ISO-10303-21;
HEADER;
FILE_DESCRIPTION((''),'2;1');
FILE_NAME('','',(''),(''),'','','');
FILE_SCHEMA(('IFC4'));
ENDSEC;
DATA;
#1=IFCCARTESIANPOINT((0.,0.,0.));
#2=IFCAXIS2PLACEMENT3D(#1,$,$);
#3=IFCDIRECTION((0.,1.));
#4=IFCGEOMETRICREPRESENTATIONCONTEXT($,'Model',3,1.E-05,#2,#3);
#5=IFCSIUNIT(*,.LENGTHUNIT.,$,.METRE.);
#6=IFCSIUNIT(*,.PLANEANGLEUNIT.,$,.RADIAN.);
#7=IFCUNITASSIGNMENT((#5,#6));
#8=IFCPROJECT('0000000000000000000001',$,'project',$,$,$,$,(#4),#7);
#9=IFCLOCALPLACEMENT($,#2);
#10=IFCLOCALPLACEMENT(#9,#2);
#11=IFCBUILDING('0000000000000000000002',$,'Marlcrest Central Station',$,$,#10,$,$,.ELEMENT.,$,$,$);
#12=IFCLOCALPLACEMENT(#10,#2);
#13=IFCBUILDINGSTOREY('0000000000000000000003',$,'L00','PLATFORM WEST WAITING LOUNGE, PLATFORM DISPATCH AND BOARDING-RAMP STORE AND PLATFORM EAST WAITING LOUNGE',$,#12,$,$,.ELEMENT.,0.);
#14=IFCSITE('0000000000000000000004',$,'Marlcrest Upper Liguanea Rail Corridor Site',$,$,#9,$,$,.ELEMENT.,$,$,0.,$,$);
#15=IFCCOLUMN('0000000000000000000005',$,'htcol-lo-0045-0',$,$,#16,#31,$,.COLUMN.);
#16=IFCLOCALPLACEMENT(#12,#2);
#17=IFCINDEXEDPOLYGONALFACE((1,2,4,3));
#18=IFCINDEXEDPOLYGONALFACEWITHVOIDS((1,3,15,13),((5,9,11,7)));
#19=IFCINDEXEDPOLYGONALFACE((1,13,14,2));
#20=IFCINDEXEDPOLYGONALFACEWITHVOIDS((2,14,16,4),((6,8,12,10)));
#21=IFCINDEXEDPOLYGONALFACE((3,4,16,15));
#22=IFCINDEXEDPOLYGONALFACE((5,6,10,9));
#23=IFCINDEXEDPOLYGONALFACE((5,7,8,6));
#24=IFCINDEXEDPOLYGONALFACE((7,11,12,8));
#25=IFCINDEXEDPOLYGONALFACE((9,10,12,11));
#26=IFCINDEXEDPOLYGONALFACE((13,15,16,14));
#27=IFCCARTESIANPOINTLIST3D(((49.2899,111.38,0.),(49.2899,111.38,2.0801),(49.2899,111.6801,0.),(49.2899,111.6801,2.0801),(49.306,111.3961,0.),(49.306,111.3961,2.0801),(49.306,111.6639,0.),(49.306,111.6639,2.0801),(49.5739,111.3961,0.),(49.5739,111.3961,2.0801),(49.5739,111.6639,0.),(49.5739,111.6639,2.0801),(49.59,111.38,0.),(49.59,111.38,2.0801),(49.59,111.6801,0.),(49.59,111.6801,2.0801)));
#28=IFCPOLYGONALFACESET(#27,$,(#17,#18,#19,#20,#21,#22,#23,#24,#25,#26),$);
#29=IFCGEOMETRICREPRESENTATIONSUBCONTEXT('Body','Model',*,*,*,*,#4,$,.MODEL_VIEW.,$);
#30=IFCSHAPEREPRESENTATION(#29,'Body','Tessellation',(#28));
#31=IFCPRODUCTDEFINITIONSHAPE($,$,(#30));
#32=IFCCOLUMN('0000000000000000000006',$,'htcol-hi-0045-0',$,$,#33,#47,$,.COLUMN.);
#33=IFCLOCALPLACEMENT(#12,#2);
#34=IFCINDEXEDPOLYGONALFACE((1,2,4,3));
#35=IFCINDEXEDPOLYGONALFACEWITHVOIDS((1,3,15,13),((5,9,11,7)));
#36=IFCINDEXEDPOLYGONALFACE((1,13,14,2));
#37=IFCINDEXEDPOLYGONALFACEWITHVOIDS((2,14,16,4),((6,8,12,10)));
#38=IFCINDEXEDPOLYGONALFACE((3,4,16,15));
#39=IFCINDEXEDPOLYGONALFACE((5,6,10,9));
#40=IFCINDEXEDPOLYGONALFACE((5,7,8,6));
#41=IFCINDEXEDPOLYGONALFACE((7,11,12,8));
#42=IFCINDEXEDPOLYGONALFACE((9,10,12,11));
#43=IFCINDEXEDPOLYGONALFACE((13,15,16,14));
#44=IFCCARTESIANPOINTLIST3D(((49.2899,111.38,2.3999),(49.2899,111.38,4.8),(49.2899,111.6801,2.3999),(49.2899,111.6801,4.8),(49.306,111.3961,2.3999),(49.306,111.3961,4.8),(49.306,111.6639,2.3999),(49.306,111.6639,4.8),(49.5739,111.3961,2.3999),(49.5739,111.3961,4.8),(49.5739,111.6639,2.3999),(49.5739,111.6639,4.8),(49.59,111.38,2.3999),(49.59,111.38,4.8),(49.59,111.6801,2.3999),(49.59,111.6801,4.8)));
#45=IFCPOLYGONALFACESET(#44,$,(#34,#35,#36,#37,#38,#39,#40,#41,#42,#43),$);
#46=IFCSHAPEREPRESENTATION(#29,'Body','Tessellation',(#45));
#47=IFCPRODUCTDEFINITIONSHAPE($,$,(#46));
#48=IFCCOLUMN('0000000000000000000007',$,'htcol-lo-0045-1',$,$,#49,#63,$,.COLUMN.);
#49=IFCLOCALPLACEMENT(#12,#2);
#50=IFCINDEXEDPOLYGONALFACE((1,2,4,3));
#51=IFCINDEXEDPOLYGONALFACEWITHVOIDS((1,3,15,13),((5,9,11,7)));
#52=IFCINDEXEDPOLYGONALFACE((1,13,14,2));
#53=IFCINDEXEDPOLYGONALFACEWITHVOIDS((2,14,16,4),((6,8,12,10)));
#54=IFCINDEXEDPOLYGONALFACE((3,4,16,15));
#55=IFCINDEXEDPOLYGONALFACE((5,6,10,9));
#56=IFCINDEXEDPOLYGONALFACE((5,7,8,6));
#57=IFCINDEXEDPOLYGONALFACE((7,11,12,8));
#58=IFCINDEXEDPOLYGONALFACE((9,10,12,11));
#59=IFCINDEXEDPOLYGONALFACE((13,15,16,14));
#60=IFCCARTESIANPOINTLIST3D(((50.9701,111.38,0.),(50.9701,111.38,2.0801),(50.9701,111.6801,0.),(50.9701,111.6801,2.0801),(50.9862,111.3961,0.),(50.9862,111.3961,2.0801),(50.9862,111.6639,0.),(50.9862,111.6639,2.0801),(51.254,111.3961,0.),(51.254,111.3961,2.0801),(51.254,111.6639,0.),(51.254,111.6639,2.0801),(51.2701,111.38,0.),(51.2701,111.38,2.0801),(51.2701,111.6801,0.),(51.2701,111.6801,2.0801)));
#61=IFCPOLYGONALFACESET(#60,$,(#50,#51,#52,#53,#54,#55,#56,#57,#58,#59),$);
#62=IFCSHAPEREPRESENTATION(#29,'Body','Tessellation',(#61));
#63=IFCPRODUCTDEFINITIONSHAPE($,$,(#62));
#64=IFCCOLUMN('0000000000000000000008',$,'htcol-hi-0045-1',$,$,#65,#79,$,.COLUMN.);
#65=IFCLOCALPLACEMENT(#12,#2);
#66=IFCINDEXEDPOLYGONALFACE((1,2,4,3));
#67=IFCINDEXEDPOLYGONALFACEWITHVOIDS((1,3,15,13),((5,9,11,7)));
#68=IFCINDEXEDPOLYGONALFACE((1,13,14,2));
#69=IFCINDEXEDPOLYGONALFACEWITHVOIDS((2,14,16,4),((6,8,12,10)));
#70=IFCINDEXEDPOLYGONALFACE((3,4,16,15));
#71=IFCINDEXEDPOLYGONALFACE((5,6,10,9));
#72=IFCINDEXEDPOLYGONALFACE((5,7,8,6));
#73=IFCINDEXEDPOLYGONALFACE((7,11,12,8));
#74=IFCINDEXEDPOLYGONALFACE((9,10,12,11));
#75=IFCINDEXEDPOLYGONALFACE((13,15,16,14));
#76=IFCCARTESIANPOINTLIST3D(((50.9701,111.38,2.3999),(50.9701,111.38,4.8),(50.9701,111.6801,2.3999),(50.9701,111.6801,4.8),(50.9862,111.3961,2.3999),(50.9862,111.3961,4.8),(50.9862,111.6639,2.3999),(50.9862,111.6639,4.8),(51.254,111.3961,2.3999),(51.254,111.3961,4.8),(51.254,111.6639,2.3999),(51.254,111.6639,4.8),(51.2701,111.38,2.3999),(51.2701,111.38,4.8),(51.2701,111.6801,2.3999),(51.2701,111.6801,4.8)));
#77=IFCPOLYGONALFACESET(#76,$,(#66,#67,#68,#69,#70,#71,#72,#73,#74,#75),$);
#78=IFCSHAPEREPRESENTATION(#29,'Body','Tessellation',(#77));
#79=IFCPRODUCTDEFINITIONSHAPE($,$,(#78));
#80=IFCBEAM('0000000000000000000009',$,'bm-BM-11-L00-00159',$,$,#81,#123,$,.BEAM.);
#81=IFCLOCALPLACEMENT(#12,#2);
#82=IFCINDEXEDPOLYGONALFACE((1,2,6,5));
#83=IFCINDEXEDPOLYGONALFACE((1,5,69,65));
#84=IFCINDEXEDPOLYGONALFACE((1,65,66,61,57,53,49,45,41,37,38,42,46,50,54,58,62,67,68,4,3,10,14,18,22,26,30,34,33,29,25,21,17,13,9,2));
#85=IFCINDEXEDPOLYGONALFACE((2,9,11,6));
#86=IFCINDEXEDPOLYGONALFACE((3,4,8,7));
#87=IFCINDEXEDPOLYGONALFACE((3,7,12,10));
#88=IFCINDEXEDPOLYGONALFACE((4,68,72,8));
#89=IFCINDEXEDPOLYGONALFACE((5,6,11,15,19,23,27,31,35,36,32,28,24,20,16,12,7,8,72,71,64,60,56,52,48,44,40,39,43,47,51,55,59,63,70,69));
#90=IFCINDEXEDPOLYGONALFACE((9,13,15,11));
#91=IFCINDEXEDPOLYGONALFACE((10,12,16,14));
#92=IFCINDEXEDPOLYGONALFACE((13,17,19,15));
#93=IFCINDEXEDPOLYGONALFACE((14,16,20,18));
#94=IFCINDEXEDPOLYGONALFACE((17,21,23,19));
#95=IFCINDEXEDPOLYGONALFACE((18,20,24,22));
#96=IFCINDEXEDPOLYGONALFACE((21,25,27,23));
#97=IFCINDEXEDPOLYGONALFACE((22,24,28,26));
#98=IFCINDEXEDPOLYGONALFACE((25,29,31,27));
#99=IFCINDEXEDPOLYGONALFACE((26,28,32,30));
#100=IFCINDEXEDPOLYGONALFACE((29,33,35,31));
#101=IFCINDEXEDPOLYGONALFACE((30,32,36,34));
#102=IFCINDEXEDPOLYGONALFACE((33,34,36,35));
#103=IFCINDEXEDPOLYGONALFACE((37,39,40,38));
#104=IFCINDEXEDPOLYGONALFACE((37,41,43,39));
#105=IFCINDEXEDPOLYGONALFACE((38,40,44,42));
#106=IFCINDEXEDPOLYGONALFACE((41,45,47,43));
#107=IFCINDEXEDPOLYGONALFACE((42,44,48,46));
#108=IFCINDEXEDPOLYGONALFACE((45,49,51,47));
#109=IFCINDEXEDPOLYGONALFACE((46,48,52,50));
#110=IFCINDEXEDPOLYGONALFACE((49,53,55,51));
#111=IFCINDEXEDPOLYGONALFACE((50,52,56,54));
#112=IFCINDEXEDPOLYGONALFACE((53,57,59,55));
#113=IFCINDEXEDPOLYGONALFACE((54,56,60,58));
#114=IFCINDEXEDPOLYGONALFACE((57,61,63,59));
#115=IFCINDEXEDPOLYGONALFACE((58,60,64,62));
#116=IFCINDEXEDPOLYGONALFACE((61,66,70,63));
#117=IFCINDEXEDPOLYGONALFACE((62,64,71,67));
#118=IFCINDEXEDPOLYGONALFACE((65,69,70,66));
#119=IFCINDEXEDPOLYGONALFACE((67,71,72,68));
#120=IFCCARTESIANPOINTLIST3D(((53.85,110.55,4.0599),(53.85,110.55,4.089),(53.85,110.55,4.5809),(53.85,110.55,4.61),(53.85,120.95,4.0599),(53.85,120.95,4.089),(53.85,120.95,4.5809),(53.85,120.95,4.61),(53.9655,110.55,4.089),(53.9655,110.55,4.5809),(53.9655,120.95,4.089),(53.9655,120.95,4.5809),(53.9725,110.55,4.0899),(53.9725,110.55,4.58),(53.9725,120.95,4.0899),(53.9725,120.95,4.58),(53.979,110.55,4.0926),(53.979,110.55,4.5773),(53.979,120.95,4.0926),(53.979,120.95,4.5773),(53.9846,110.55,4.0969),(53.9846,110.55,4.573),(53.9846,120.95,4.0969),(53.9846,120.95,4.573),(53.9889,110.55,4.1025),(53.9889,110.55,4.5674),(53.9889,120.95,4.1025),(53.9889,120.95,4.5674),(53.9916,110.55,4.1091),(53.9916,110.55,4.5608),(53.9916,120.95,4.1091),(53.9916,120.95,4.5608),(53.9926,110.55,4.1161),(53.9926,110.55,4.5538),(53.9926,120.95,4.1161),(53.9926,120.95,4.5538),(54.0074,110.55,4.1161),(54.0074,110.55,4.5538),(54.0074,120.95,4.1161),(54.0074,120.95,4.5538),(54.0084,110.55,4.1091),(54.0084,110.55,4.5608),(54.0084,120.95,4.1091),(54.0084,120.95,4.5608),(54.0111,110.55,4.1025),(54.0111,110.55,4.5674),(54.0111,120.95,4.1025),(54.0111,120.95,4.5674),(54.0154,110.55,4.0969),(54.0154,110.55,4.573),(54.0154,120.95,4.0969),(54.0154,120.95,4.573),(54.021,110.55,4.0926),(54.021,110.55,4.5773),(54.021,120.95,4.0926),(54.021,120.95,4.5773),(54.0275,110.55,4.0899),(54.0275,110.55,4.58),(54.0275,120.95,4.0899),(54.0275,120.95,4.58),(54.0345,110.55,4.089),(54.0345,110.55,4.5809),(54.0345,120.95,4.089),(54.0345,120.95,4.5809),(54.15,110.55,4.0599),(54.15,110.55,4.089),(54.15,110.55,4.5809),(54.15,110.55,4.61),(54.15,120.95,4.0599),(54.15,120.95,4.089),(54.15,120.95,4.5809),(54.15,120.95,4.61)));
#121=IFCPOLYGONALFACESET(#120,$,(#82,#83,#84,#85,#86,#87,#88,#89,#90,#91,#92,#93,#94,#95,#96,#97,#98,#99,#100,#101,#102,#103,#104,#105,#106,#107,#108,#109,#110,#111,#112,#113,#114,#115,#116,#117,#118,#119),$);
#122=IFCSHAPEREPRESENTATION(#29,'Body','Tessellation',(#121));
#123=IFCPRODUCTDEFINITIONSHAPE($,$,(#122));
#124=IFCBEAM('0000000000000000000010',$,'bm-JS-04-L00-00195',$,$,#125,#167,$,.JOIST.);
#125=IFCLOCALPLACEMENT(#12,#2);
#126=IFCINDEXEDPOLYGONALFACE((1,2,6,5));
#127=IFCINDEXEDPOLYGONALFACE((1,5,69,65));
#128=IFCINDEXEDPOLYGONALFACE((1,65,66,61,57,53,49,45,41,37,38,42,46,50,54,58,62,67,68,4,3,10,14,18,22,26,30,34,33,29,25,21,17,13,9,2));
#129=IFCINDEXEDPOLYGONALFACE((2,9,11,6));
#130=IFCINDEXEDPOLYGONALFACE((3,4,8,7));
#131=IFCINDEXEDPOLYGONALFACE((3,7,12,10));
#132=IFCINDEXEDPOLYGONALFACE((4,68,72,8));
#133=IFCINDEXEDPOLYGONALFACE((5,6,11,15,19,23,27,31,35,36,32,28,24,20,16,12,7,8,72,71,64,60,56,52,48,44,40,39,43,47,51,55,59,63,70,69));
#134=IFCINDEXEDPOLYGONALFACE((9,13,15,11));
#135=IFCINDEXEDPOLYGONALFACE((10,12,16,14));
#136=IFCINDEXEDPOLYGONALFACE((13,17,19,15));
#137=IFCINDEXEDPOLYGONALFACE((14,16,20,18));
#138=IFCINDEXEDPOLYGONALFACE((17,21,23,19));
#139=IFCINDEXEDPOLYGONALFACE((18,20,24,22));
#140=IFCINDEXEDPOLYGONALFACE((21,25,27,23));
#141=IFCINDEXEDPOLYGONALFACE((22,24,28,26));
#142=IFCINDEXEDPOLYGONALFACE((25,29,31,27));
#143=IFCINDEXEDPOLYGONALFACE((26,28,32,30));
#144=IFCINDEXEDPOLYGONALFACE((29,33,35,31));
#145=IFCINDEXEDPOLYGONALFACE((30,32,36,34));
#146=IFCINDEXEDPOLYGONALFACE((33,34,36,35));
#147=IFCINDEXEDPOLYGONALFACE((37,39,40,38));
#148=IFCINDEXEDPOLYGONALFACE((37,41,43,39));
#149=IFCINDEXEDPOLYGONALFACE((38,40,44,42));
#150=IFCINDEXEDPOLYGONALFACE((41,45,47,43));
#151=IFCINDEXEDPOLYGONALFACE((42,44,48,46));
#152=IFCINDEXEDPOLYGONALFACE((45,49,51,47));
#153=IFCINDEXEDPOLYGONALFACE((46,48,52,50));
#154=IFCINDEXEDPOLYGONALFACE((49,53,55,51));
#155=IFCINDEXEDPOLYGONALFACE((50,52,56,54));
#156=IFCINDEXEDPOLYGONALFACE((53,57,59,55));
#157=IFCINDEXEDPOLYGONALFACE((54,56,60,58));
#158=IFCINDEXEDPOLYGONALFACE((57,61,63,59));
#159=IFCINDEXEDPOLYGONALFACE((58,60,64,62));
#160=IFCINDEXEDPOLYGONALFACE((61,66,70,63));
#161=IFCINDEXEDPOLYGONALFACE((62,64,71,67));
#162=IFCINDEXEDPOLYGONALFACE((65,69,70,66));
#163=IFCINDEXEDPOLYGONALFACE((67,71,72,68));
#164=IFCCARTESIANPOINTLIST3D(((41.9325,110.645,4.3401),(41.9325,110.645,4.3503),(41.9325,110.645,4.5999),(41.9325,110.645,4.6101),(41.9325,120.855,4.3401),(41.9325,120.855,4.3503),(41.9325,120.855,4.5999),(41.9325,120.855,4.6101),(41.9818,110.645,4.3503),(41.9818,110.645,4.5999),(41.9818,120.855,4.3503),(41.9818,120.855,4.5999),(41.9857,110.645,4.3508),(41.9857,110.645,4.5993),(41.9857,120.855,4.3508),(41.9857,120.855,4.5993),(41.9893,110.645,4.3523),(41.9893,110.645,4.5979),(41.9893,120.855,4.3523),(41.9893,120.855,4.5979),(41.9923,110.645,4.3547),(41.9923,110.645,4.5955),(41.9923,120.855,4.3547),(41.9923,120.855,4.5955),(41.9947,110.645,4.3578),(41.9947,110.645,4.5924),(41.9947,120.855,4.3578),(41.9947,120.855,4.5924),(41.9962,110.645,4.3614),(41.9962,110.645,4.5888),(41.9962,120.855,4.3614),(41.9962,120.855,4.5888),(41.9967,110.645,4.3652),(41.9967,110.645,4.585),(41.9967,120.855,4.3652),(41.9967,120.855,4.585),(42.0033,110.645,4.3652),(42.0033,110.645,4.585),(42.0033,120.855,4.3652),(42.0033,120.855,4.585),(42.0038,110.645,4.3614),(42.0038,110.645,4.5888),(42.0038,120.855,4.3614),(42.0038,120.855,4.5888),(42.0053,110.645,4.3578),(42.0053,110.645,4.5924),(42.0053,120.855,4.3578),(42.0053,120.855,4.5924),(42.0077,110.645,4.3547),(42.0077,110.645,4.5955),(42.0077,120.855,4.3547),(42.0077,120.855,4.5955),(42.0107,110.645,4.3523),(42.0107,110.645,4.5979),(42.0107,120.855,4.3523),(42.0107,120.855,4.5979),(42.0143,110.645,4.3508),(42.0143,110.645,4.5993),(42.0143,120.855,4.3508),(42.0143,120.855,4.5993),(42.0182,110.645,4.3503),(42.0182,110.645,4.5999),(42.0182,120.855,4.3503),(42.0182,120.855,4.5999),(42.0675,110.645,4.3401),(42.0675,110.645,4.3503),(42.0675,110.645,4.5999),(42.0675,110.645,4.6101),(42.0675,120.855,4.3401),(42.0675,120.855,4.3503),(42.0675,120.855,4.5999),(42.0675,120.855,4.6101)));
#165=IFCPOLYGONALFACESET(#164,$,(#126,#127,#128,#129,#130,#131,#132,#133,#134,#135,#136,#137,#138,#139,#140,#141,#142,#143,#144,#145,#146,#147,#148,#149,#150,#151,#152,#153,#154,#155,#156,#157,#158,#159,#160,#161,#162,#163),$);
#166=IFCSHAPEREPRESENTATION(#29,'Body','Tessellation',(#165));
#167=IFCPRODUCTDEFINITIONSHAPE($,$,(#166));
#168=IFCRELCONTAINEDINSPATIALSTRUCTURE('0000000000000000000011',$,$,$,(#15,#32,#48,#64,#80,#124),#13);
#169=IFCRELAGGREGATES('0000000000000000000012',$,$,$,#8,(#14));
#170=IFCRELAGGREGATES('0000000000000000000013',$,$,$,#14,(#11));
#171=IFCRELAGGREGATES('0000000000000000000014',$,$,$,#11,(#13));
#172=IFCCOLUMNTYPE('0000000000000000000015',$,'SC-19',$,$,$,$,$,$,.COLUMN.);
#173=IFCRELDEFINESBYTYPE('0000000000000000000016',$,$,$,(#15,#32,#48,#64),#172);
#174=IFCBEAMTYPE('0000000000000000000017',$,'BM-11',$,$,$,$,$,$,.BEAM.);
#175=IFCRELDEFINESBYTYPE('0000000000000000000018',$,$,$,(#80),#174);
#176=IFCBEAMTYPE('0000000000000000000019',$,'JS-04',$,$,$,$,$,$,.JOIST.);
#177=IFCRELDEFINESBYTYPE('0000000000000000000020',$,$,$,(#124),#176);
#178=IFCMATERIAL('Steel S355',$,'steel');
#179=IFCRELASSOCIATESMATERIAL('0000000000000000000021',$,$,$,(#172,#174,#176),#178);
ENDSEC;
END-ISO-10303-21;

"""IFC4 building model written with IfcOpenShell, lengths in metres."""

from ifc_helpers import new_model, si_unit, direction, frame, origin, origin_2d, place, context, subcontext, project, spatial, hollow_rectangle, i_section, extrude, material, material_profile, profile_set, type_object, element, save


model = new_model("IFC4")

# Units and contexts
model_context = context("Model", 3, precision=1e-05, world=origin(), true_north=direction((0.0, 1.0)))
body_context = subcontext(model_context, "Body", "Model", "MODEL_VIEW")
ifc_project = project(units=[si_unit("LENGTHUNIT", "METRE"), si_unit("PLANEANGLEUNIT", "RADIAN")], contexts=[model_context])

# Site, building, storey
site_placement = place(None, origin())
site = spatial("IfcSite", under=ifc_project, at=site_placement, Name="Marlcrest Upper Liguanea Rail Corridor Site", CompositionType="ELEMENT", RefElevation=0.0)
building_placement = place(site_placement, origin())
building = spatial("IfcBuilding", under=site, at=building_placement, Name="Marlcrest Central Station", CompositionType="ELEMENT")
storey_placement = place(building_placement, origin())
storey = spatial("IfcBuildingStorey", under=building, at=storey_placement, Name="L00", Description="PLATFORM WEST WAITING LOUNGE, PLATFORM DISPATCH AND BOARDING-RAMP STORE AND PLATFORM EAST WAITING LOUNGE", CompositionType="ELEMENT", Elevation=0.0)

# Columns
ifc_material_1 = material(Name="Steel S355", Category="steel")
ifc_material_profile_1 = material_profile(ifc_material_1, hollow_rectangle(XDim=0.3, YDim=0.3, WallThickness=0.0161, at=origin_2d()), Name="SHS 300x300x16")
ifc_profile_set_1 = profile_set([ifc_material_profile_1], Name="Steel S355")
column_type = type_object("IfcColumnType", Name="SC-19", PredefinedType="COLUMN", material=ifc_profile_set_1)
column_1_placement = place(storey_placement, frame((49.4399, 111.53, 0.0), z_axis=(0.0, 0.0, 1.0), x_axis=(1.0, 0.0, 0.0)))
element("IfcColumn", 1, at=column_1_placement, inside=storey, type_object=column_type, Name="htcol-lo-0045-0", PredefinedType="COLUMN", context=body_context, shape_type="SweptSolid", body=[
    extrude(hollow_rectangle(XDim=0.3, YDim=0.3, WallThickness=0.0161, at=origin_2d()), origin(), (0.0, 0.0, 1.0), 2.0801),
])
column_2_placement = place(storey_placement, frame((49.4399, 111.53, 2.3999), z_axis=(0.0, 0.0, 1.0), x_axis=(1.0, 0.0, 0.0)))
element("IfcColumn", 2, at=column_2_placement, inside=storey, type_object=column_type, Name="htcol-hi-0045-0", PredefinedType="COLUMN", context=body_context, shape_type="SweptSolid", body=[
    extrude(hollow_rectangle(XDim=0.3, YDim=0.3, WallThickness=0.0161, at=origin_2d()), origin(), (0.0, 0.0, 1.0), 2.4001),
])
column_3_placement = place(storey_placement, frame((51.1201, 111.53, 0.0), z_axis=(0.0, 0.0, 1.0), x_axis=(1.0, 0.0, 0.0)))
element("IfcColumn", 3, at=column_3_placement, inside=storey, type_object=column_type, Name="htcol-lo-0045-1", PredefinedType="COLUMN", context=body_context, shape_type="SweptSolid", body=[
    extrude(hollow_rectangle(XDim=0.3, YDim=0.3, WallThickness=0.0161, at=origin_2d()), origin(), (0.0, 0.0, 1.0), 2.0801),
])
column_4_placement = place(storey_placement, frame((51.1201, 111.53, 2.3999), z_axis=(0.0, 0.0, 1.0), x_axis=(1.0, 0.0, 0.0)))
element("IfcColumn", 4, at=column_4_placement, inside=storey, type_object=column_type, Name="htcol-hi-0045-1", PredefinedType="COLUMN", context=body_context, shape_type="SweptSolid", body=[
    extrude(hollow_rectangle(XDim=0.3, YDim=0.3, WallThickness=0.0161, at=origin_2d()), origin(), (0.0, 0.0, 1.0), 2.4001),
])

# Beams
ifc_material_profile_2 = material_profile(ifc_material_1, i_section(OverallWidth=0.3, OverallDepth=0.55, WebThickness=0.0149, FlangeThickness=0.0291, FilletRadius=0.0271, at=origin_2d()), Name="HEB 550")
ifc_profile_set_2 = profile_set([ifc_material_profile_2], Name="Steel S355")
beam_type_1 = type_object("IfcBeamType", Name="BM-11", PredefinedType="BEAM", material=ifc_profile_set_2)
beam_1_placement = place(storey_placement, frame((54.0, 110.55, 4.335), z_axis=(0.0, 1.0, 0.0), x_axis=(-1.0, 0.0, 0.0)))
element("IfcBeam", 5, at=beam_1_placement, inside=storey, type_object=beam_type_1, Name="bm-BM-11-L00-00159", PredefinedType="BEAM", context=body_context, shape_type="SweptSolid", body=[
    extrude(i_section(OverallWidth=0.3, OverallDepth=0.55, WebThickness=0.0149, FlangeThickness=0.0291, FilletRadius=0.0271, at=origin_2d()), origin(), (0.0, 0.0, 1.0), 10.3999),
])
ifc_material_profile_3 = material_profile(ifc_material_1, i_section(OverallWidth=0.135, OverallDepth=0.27, WebThickness=0.0066, FlangeThickness=0.0103, FilletRadius=0.0149, at=origin_2d()), Name="IPE 270")
ifc_profile_set_3 = profile_set([ifc_material_profile_3], Name="Steel S355")
beam_type_2 = type_object("IfcBeamType", Name="JS-04", PredefinedType="JOIST", material=ifc_profile_set_3)
beam_2_placement = place(storey_placement, frame((42.0, 110.645, 4.4751), z_axis=(0.0, 1.0, 0.0), x_axis=(-1.0, 0.0, 0.0)))
element("IfcBeam", 6, at=beam_2_placement, inside=storey, type_object=beam_type_2, Name="bm-JS-04-L00-00195", PredefinedType="JOIST", context=body_context, shape_type="SweptSolid", body=[
    extrude(i_section(OverallWidth=0.135, OverallDepth=0.27, WebThickness=0.0066, FlangeThickness=0.0103, FilletRadius=0.0149, at=origin_2d()), origin(), (0.0, 0.0, 1.0), 10.21),
])

save(model, "model.ifc")
